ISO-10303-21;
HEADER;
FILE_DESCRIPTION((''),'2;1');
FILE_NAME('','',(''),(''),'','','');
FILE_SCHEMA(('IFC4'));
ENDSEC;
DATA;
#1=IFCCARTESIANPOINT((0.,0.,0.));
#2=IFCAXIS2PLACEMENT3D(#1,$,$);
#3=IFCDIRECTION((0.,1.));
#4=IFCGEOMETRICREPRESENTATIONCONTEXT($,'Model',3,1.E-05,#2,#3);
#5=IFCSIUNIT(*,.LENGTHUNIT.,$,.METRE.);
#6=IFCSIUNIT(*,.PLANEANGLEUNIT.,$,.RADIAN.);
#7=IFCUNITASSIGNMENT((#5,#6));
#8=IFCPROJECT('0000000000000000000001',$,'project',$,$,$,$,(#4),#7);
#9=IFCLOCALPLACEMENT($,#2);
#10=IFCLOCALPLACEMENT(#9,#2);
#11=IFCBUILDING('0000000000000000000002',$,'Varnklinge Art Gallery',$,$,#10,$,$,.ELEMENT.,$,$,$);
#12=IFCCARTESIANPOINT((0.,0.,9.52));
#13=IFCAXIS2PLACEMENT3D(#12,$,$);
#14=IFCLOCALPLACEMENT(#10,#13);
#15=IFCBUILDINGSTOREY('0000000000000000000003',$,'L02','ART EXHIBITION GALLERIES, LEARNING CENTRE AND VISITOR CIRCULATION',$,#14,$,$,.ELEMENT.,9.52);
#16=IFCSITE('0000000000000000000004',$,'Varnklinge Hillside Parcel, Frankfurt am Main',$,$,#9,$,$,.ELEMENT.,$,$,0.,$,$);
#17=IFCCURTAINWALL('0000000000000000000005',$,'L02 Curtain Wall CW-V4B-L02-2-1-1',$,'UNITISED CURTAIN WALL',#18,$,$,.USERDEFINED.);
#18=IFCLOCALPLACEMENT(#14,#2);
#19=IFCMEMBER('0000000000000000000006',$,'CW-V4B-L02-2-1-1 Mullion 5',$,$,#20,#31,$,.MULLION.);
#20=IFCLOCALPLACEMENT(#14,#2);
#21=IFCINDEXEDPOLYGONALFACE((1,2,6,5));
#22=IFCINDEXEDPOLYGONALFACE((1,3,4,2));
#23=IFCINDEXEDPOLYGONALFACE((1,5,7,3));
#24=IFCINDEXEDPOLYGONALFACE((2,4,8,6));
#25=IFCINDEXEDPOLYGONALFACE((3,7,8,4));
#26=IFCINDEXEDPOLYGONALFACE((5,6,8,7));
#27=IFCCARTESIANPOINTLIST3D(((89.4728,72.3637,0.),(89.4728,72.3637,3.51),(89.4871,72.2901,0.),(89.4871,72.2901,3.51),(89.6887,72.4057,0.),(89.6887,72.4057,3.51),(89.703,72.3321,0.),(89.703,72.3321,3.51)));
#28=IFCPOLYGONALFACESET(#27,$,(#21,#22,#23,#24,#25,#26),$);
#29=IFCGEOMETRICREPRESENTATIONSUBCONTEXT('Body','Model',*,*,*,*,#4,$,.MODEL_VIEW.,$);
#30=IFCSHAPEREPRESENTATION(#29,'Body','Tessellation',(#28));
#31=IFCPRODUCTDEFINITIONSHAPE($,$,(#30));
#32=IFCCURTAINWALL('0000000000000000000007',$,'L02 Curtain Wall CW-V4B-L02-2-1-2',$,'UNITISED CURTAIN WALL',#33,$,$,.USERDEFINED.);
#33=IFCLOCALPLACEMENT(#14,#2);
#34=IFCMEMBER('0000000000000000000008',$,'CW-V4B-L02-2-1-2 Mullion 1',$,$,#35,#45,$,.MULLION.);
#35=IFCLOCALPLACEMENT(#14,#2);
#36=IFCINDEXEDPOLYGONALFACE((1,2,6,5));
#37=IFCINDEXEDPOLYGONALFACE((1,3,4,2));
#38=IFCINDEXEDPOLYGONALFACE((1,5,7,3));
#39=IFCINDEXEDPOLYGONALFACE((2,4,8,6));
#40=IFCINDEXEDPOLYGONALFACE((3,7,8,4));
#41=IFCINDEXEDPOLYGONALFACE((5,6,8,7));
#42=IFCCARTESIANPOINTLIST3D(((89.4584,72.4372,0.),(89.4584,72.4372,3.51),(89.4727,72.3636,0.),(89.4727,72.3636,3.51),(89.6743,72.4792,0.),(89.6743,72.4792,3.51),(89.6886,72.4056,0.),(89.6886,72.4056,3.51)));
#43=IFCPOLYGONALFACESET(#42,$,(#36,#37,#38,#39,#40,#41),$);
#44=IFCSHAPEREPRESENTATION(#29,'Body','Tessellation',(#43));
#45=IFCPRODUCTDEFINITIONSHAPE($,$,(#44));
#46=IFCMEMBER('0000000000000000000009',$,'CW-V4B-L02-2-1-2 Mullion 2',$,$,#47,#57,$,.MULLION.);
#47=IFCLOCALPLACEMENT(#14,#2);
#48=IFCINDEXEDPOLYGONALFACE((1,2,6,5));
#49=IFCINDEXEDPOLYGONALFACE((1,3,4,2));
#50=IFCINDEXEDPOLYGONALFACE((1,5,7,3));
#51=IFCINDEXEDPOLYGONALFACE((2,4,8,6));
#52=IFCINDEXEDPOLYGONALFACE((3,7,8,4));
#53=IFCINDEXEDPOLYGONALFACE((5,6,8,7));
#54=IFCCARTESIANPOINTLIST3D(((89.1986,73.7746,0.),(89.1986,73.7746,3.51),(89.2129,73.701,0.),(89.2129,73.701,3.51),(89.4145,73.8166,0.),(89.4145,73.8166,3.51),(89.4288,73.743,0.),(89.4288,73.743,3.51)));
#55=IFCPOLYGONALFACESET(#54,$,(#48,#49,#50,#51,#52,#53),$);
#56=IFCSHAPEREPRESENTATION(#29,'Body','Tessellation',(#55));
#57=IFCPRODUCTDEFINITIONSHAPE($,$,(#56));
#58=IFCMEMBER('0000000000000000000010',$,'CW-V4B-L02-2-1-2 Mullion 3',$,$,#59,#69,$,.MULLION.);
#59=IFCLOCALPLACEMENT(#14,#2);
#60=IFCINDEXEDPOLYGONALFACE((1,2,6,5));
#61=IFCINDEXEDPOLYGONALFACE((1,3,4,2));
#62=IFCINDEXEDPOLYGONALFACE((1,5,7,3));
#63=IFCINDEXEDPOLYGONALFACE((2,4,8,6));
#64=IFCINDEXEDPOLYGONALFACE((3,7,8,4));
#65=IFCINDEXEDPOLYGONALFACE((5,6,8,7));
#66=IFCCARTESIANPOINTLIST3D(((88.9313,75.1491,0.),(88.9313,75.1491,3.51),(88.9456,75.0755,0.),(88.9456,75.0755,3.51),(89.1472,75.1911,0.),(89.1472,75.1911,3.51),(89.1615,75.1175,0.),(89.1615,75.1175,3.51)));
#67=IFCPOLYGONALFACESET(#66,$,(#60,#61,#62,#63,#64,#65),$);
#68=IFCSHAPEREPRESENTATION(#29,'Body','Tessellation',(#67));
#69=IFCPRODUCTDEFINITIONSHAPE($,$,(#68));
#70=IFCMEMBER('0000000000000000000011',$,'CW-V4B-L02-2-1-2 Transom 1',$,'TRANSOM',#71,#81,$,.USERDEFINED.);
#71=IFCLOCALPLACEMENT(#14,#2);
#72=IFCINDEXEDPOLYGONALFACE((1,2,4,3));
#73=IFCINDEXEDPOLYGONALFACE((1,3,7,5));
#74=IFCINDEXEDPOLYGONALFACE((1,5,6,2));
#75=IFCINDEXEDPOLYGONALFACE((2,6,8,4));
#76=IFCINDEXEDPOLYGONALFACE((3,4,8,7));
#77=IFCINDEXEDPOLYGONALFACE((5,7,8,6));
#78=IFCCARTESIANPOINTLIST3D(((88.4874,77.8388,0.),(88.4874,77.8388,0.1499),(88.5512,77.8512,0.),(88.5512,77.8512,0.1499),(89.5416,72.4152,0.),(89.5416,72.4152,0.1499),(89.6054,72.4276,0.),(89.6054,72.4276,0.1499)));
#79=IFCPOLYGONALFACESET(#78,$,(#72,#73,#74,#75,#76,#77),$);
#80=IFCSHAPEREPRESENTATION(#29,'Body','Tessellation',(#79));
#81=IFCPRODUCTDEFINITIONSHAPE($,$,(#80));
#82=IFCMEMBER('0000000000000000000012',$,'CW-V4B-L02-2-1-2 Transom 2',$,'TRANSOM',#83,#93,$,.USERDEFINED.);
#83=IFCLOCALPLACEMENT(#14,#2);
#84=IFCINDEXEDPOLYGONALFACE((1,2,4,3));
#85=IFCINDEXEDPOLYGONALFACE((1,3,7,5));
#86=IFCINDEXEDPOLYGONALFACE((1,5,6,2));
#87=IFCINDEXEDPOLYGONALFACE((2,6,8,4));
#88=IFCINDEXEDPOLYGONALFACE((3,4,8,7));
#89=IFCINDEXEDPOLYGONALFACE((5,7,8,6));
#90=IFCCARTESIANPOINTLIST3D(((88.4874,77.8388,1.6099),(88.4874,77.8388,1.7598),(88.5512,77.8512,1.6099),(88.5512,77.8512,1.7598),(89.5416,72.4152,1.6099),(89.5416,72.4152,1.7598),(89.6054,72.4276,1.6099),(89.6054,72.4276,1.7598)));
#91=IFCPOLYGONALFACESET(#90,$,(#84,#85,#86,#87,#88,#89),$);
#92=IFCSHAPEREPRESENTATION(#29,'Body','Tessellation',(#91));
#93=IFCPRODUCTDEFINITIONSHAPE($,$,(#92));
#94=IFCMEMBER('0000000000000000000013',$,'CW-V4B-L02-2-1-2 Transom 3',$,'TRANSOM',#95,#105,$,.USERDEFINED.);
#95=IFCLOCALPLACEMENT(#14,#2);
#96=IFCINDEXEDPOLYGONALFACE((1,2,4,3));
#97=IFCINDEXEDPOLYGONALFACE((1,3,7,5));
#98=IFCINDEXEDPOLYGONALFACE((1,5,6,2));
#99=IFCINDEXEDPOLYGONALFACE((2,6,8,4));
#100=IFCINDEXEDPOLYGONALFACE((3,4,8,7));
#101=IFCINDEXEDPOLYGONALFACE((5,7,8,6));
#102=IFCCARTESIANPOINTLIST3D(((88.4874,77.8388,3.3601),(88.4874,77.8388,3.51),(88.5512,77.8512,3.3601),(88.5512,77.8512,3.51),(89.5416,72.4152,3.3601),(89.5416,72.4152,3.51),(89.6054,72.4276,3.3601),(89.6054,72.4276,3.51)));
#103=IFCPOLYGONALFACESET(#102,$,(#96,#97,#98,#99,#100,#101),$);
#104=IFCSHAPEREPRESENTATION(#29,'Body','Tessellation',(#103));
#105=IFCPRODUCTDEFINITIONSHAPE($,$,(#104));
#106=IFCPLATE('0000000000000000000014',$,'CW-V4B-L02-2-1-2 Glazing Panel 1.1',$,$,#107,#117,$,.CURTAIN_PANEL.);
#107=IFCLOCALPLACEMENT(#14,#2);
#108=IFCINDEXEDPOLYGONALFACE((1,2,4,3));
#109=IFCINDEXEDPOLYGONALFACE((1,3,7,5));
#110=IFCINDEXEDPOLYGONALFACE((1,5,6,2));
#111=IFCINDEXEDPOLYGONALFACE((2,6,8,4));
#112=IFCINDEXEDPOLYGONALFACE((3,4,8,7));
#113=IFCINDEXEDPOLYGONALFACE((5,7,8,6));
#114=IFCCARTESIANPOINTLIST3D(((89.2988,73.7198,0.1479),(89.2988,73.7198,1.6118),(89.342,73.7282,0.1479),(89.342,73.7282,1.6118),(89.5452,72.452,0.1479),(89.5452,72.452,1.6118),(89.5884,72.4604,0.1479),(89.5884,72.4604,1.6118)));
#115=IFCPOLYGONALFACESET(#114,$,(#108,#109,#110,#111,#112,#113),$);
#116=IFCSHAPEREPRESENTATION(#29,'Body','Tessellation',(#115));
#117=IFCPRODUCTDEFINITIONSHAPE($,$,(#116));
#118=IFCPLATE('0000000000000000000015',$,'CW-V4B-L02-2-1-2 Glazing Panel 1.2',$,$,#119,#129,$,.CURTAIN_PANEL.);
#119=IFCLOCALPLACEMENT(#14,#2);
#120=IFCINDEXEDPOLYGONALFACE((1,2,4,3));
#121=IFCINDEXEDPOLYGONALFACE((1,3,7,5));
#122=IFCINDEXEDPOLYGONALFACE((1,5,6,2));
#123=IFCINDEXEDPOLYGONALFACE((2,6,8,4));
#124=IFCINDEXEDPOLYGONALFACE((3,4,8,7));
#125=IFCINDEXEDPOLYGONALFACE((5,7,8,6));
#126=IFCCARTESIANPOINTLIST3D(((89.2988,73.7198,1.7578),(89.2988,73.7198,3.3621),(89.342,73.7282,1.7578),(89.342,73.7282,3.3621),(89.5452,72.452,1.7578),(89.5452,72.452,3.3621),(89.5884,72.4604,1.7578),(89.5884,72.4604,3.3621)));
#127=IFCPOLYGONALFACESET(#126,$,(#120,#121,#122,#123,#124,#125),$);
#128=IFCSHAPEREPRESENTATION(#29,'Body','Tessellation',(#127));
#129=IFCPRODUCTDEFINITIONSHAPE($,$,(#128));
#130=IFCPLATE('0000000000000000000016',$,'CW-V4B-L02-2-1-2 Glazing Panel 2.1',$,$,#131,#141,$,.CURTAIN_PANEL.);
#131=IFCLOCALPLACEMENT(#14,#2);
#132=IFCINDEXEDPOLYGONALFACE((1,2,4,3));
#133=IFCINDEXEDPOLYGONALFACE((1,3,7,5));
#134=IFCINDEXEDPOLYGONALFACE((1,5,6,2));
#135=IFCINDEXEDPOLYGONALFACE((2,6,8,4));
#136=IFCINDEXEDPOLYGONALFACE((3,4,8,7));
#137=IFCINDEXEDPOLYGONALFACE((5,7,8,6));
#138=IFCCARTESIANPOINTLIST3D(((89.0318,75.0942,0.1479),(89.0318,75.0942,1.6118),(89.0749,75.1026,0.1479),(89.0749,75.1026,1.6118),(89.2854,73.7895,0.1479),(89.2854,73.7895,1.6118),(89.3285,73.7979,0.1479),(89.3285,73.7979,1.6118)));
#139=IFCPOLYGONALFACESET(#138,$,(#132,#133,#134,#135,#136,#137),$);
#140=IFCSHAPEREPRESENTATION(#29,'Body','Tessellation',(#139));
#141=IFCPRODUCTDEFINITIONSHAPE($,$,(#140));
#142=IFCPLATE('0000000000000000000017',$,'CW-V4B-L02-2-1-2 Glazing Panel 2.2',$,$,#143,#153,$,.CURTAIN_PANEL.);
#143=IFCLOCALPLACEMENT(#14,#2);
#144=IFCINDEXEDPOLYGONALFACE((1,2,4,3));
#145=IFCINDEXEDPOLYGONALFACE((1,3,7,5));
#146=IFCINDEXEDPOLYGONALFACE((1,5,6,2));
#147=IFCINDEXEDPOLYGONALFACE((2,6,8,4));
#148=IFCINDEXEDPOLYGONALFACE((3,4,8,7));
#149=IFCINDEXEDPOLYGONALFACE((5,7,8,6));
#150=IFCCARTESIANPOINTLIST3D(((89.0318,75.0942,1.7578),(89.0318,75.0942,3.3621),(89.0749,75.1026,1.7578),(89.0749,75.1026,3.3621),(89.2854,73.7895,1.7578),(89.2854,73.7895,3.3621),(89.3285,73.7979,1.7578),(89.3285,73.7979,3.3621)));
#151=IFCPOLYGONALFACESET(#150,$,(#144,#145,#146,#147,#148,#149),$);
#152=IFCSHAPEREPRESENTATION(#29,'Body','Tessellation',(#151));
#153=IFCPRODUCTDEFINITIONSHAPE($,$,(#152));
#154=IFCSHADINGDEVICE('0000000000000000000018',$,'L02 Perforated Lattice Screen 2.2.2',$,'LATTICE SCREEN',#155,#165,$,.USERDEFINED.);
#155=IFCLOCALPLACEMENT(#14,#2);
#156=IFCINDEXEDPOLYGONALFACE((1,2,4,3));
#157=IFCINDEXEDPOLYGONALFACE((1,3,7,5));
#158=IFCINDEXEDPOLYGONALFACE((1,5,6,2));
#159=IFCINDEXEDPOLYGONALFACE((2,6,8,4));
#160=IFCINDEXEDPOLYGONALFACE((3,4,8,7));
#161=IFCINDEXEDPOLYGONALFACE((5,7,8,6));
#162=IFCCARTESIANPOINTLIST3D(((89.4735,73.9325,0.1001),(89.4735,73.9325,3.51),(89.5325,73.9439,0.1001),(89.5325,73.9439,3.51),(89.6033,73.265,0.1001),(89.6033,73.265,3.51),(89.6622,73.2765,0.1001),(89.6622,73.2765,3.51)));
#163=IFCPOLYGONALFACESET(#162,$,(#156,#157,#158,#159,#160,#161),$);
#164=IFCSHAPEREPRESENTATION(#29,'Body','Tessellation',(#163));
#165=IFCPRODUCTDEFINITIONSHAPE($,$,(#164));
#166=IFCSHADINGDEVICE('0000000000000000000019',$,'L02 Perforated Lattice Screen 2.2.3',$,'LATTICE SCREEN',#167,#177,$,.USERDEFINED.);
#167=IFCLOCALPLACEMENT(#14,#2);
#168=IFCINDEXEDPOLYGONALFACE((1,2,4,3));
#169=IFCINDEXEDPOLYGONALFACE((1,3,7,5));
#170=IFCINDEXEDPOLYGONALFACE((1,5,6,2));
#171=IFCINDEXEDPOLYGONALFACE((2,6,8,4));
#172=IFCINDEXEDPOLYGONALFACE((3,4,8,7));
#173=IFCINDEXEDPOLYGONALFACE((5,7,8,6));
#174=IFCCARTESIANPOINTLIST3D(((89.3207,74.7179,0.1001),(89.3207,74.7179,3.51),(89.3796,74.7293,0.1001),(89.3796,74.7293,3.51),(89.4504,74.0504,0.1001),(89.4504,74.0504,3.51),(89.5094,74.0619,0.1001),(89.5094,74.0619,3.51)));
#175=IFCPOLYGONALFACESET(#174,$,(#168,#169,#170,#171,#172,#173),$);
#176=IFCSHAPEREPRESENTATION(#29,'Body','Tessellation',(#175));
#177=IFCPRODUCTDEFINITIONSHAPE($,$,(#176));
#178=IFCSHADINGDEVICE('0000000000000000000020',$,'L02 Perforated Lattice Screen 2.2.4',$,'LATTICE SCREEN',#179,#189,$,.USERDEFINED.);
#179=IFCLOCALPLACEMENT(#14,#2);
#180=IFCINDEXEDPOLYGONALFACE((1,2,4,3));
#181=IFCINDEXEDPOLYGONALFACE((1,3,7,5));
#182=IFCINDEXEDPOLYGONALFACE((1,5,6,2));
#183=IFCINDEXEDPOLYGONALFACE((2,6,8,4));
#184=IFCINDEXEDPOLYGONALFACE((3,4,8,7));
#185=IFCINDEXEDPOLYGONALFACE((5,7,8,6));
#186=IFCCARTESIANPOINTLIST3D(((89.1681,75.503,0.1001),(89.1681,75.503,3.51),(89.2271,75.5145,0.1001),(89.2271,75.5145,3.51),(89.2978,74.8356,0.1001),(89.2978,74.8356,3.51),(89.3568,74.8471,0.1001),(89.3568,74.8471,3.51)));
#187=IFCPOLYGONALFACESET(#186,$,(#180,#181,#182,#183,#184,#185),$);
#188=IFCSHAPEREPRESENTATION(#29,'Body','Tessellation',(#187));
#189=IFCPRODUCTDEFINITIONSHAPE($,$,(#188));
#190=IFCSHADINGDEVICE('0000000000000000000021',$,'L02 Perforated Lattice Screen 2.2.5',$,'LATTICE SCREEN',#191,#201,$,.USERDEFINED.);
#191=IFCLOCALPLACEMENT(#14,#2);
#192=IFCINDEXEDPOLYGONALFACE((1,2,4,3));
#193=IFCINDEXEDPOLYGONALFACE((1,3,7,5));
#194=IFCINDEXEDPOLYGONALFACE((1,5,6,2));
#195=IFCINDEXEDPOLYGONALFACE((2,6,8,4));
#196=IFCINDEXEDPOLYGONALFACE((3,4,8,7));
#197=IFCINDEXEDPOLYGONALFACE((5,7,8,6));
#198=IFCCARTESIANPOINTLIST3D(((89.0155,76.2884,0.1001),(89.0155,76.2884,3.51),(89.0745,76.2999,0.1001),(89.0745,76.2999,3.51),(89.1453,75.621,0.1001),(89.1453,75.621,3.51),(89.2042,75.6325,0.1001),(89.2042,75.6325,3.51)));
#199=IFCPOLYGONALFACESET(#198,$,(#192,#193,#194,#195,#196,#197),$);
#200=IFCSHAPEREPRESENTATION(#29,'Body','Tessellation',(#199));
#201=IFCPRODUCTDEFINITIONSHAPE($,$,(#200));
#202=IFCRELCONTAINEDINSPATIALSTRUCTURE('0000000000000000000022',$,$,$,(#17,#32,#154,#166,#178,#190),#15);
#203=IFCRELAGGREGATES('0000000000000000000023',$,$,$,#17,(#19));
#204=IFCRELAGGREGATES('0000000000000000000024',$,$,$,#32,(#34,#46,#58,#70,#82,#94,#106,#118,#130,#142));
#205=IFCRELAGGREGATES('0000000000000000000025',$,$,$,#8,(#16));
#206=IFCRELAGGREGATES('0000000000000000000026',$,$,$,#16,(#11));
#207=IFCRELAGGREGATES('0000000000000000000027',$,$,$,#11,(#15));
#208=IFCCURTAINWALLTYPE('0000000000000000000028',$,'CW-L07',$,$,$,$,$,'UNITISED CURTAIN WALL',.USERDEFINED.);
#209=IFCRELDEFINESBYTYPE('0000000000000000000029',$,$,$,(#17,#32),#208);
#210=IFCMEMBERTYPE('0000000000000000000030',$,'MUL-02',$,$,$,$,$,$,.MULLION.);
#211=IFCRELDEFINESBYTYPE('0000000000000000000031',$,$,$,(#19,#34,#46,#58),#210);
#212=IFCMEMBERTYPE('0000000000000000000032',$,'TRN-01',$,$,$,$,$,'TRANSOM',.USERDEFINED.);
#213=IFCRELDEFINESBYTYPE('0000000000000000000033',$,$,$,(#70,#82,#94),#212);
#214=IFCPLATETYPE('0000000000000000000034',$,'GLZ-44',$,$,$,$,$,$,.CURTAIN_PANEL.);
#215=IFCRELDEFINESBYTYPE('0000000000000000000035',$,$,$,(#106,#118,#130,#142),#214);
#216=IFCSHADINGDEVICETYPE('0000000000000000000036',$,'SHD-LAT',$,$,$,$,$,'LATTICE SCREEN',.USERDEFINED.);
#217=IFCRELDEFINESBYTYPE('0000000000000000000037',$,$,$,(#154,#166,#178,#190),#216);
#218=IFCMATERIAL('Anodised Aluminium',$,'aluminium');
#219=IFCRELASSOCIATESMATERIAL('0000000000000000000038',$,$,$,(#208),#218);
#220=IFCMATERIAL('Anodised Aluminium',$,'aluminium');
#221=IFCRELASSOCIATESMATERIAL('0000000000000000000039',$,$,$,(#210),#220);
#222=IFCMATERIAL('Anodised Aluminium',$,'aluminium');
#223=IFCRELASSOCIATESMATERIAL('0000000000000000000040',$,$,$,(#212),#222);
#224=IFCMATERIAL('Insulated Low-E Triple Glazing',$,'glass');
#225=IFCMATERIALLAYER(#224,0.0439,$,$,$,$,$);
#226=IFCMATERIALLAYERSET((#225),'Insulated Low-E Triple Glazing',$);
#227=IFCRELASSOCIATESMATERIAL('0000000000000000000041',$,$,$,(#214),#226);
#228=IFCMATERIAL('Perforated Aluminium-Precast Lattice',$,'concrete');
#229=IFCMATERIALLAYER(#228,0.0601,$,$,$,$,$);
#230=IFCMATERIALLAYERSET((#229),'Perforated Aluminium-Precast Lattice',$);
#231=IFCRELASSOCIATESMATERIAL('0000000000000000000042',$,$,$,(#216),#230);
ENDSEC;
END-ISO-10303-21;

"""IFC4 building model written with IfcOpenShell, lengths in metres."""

from ifc_helpers import new_model, si_unit, direction, frame, origin, origin_2d, place, context, subcontext, project, spatial, rectangle, extrude, material, layer, layer_set, material_profile, profile_set, type_object, element, aggregate, save


model = new_model("IFC4")

# Units and contexts
model_context = context("Model", 3, precision=1e-05, world=origin(), true_north=direction((0.0, 1.0)))
body_context = subcontext(model_context, "Body", "Model", "MODEL_VIEW")
ifc_project = project(units=[si_unit("LENGTHUNIT", "METRE"), si_unit("PLANEANGLEUNIT", "RADIAN")], contexts=[model_context])

# Site, building, storey
site_placement = place(None, origin())
site = spatial("IfcSite", under=ifc_project, at=site_placement, Name="Varnklinge Hillside Parcel, Frankfurt am Main", CompositionType="ELEMENT", RefElevation=0.0)
building_placement = place(site_placement, origin())
building = spatial("IfcBuilding", under=site, at=building_placement, Name="Varnklinge Art Gallery", CompositionType="ELEMENT")
storey_placement = place(building_placement, frame((0.0, 0.0, 9.52)))
storey = spatial("IfcBuildingStorey", under=building, at=storey_placement, Name="L02", Description="ART EXHIBITION GALLERIES, LEARNING CENTRE AND VISITOR CIRCULATION", CompositionType="ELEMENT", Elevation=9.52)

# Curtain wall, member
ifc_material_1 = material(Name="Anodised Aluminium", Category="aluminium")
curtain_wall_type = type_object("IfcCurtainWallType", Name="CW-L07", ElementType="UNITISED CURTAIN WALL", PredefinedType="USERDEFINED", material=ifc_material_1)
curtain_wall_1_placement = place(storey_placement, origin())
curtain_wall_1 = element("IfcCurtainWall", 1, at=curtain_wall_1_placement, inside=storey, type_object=curtain_wall_type, Name="L02 Curtain Wall CW-V4B-L02-2-1-1", ObjectType="UNITISED CURTAIN WALL", PredefinedType="USERDEFINED")
ifc_material_2 = material(Name="Anodised Aluminium", Category="aluminium")
ifc_material_profile_1 = material_profile(ifc_material_2, rectangle(XDim=0.075, YDim=0.22, at=origin_2d()), Name="ALU 75x220")
ifc_profile_set_1 = profile_set([ifc_material_profile_1], Name="Anodised Aluminium")
member_type_1 = type_object("IfcMemberType", Name="MUL-02", PredefinedType="MULLION", material=ifc_profile_set_1)
member_1_placement = place(storey_placement, frame((89.5879, 72.3479, 0.0), z_axis=(0.0, 0.0, 1.0), x_axis=(-0.190809, 0.981627, 0.0)))
member_1 = element("IfcMember", 2, at=member_1_placement, type_object=member_type_1, Name="CW-V4B-L02-2-1-1 Mullion 5", PredefinedType="MULLION", context=body_context, shape_type="SweptSolid", body=[
    extrude(rectangle(XDim=0.075, YDim=0.22, at=origin_2d()), origin(), (0.0, 0.0, 1.0), 3.51),
])
aggregate(curtain_wall_1, [member_1])

# Curtain wall, members, plates
curtain_wall_2_placement = place(storey_placement, origin())
curtain_wall_2 = element("IfcCurtainWall", 3, at=curtain_wall_2_placement, inside=storey, type_object=curtain_wall_type, Name="L02 Curtain Wall CW-V4B-L02-2-1-2", ObjectType="UNITISED CURTAIN WALL", PredefinedType="USERDEFINED")
member_2_placement = place(storey_placement, frame((89.5735, 72.4214, 0.0), z_axis=(0.0, 0.0, 1.0), x_axis=(-0.190809, 0.981627, 0.0)))
member_2 = element("IfcMember", 4, at=member_2_placement, type_object=member_type_1, Name="CW-V4B-L02-2-1-2 Mullion 1", PredefinedType="MULLION", context=body_context, shape_type="SweptSolid", body=[
    extrude(rectangle(XDim=0.075, YDim=0.22, at=origin_2d()), origin(), (0.0, 0.0, 1.0), 3.51),
])
member_3_placement = place(storey_placement, frame((89.3137, 73.7588, 0.0), z_axis=(0.0, 0.0, 1.0), x_axis=(-0.190809, 0.981627, 0.0)))
member_3 = element("IfcMember", 5, at=member_3_placement, type_object=member_type_1, Name="CW-V4B-L02-2-1-2 Mullion 2", PredefinedType="MULLION", context=body_context, shape_type="SweptSolid", body=[
    extrude(rectangle(XDim=0.075, YDim=0.22, at=origin_2d()), origin(), (0.0, 0.0, 1.0), 3.51),
])
member_4_placement = place(storey_placement, frame((89.0464, 75.1333, 0.0), z_axis=(0.0, 0.0, 1.0), x_axis=(-0.190809, 0.981627, 0.0)))
member_4 = element("IfcMember", 6, at=member_4_placement, type_object=member_type_1, Name="CW-V4B-L02-2-1-2 Mullion 3", PredefinedType="MULLION", context=body_context, shape_type="SweptSolid", body=[
    extrude(rectangle(XDim=0.075, YDim=0.22, at=origin_2d()), origin(), (0.0, 0.0, 1.0), 3.51),
])
ifc_material_3 = material(Name="Anodised Aluminium", Category="aluminium")
ifc_material_profile_2 = material_profile(ifc_material_3, rectangle(XDim=0.0649, YDim=0.1499, at=origin_2d()), Name="ALU 65x150")
ifc_profile_set_2 = profile_set([ifc_material_profile_2], Name="Anodised Aluminium")
member_type_2 = type_object("IfcMemberType", Name="TRN-01", ElementType="TRANSOM", PredefinedType="USERDEFINED", material=ifc_profile_set_2)
member_5_placement = place(storey_placement, frame((89.5735, 72.4214, 0.075), z_axis=(-0.190802, 0.981628, 0.0), x_axis=(-0.981628, -0.190802, 0.0)))
member_5 = element("IfcMember", 7, at=member_5_placement, type_object=member_type_2, Name="CW-V4B-L02-2-1-2 Transom 1", ObjectType="TRANSOM", PredefinedType="USERDEFINED", context=body_context, shape_type="SweptSolid", body=[
    extrude(rectangle(XDim=0.0649, YDim=0.1499, at=origin_2d()), origin(), (0.0, 0.0, 1.0), 5.5251),
])
member_6_placement = place(storey_placement, frame((89.5735, 72.4214, 1.6848), z_axis=(-0.190802, 0.981628, 0.0), x_axis=(-0.981628, -0.190802, 0.0)))
member_6 = element("IfcMember", 8, at=member_6_placement, type_object=member_type_2, Name="CW-V4B-L02-2-1-2 Transom 2", ObjectType="TRANSOM", PredefinedType="USERDEFINED", context=body_context, shape_type="SweptSolid", body=[
    extrude(rectangle(XDim=0.0649, YDim=0.1499, at=origin_2d()), origin(), (0.0, 0.0, 1.0), 5.5251),
])
member_7_placement = place(storey_placement, frame((89.5735, 72.4214, 3.4351), z_axis=(-0.190802, 0.981628, 0.0), x_axis=(-0.981628, -0.190802, 0.0)))
member_7 = element("IfcMember", 9, at=member_7_placement, type_object=member_type_2, Name="CW-V4B-L02-2-1-2 Transom 3", ObjectType="TRANSOM", PredefinedType="USERDEFINED", context=body_context, shape_type="SweptSolid", body=[
    extrude(rectangle(XDim=0.0649, YDim=0.1499, at=origin_2d()), origin(), (0.0, 0.0, 1.0), 5.5251),
])
ifc_material_4 = material(Name="Insulated Low-E Triple Glazing", Category="glass")
ifc_layer_1 = layer(ifc_material_4, 0.0439)
ifc_layer_set_1 = layer_set([ifc_layer_1], Name="Insulated Low-E Triple Glazing")
plate_type = type_object("IfcPlateType", Name="GLZ-44", PredefinedType="CURTAIN_PANEL", material=ifc_layer_set_1)
plate_1_placement = place(storey_placement, frame((89.4436, 73.0901, 0.1479), z_axis=(0.0, 0.0, 1.0), x_axis=(-0.190809, 0.981627, 0.0)))
plate_1 = element("IfcPlate", 10, at=plate_1_placement, type_object=plate_type, Name="CW-V4B-L02-2-1-2 Glazing Panel 1.1", PredefinedType="CURTAIN_PANEL", context=body_context, shape_type="SweptSolid", body=[
    extrude(rectangle(XDim=1.2915, YDim=0.0439, at=origin_2d()), origin(), (0.0, 0.0, 1.0), 1.4639),
])
plate_2_placement = place(storey_placement, frame((89.4436, 73.0901, 1.7578), z_axis=(0.0, 0.0, 1.0), x_axis=(-0.190809, 0.981627, 0.0)))
plate_2 = element("IfcPlate", 11, at=plate_2_placement, type_object=plate_type, Name="CW-V4B-L02-2-1-2 Glazing Panel 1.2", PredefinedType="CURTAIN_PANEL", context=body_context, shape_type="SweptSolid", body=[
    extrude(rectangle(XDim=1.2915, YDim=0.0439, at=origin_2d()), origin(), (0.0, 0.0, 1.0), 1.6042),
])
plate_3_placement = place(storey_placement, frame((89.1802, 74.446, 0.1479), z_axis=(0.0, 0.0, 1.0), x_axis=(-0.190809, 0.981627, 0.0)))
plate_3 = element("IfcPlate", 12, at=plate_3_placement, type_object=plate_type, Name="CW-V4B-L02-2-1-2 Glazing Panel 2.1", PredefinedType="CURTAIN_PANEL", context=body_context, shape_type="SweptSolid", body=[
    extrude(rectangle(XDim=1.3291, YDim=0.0439, at=origin_2d()), origin(), (0.0, 0.0, 1.0), 1.4639),
])
plate_4_placement = place(storey_placement, frame((89.1802, 74.446, 1.7578), z_axis=(0.0, 0.0, 1.0), x_axis=(-0.190809, 0.981627, 0.0)))
plate_4 = element("IfcPlate", 13, at=plate_4_placement, type_object=plate_type, Name="CW-V4B-L02-2-1-2 Glazing Panel 2.2", PredefinedType="CURTAIN_PANEL", context=body_context, shape_type="SweptSolid", body=[
    extrude(rectangle(XDim=1.3291, YDim=0.0439, at=origin_2d()), origin(), (0.0, 0.0, 1.0), 1.6042),
])
aggregate(curtain_wall_2, [member_2, member_3, member_4, member_5, member_6, member_7, plate_1, plate_2, plate_3, plate_4])

# Shading devices
ifc_material_5 = material(Name="Perforated Aluminium-Precast Lattice", Category="concrete")
ifc_layer_2 = layer(ifc_material_5, 0.0601)
ifc_layer_set_2 = layer_set([ifc_layer_2], Name="Perforated Aluminium-Precast Lattice")
shading_device_type = type_object("IfcShadingDeviceType", Name="SHD-LAT", ElementType="LATTICE SCREEN", PredefinedType="USERDEFINED", material=ifc_layer_set_2)
for number, where, z_axis, x_axis, name in (
    (14, (89.5679, 73.6045, 0.1001), (0.0, 0.0, 1.0), (-0.190809, 0.981627, 0.0), "L02 Perforated Lattice Screen 2.2.2"),
    (15, (89.415, 74.3899, 0.1001), (0.0, 0.0, 1.0), (-0.190809, 0.981627, 0.0), "L02 Perforated Lattice Screen 2.2.3"),
    (16, (89.2625, 75.175, 0.1001), (0.0, 0.0, 1.0), (-0.190809, 0.981627, 0.0), "L02 Perforated Lattice Screen 2.2.4"),
    (17, (89.1099, 75.9604, 0.1001), (0.0, 0.0, 1.0), (-0.190809, 0.981627, 0.0), "L02 Perforated Lattice Screen 2.2.5"),
):
    element("IfcShadingDevice", number, at=place(storey_placement, frame(where, z_axis=z_axis, x_axis=x_axis)), inside=storey, type_object=shading_device_type, Name=name, ObjectType="LATTICE SCREEN", PredefinedType="USERDEFINED", context=body_context, shape_type="SweptSolid", body=[
        extrude(rectangle(XDim=0.6799, YDim=0.0601, at=origin_2d()), origin(), (0.0, 0.0, 1.0), 3.4099),
    ])

save(model, "model.ifc")
